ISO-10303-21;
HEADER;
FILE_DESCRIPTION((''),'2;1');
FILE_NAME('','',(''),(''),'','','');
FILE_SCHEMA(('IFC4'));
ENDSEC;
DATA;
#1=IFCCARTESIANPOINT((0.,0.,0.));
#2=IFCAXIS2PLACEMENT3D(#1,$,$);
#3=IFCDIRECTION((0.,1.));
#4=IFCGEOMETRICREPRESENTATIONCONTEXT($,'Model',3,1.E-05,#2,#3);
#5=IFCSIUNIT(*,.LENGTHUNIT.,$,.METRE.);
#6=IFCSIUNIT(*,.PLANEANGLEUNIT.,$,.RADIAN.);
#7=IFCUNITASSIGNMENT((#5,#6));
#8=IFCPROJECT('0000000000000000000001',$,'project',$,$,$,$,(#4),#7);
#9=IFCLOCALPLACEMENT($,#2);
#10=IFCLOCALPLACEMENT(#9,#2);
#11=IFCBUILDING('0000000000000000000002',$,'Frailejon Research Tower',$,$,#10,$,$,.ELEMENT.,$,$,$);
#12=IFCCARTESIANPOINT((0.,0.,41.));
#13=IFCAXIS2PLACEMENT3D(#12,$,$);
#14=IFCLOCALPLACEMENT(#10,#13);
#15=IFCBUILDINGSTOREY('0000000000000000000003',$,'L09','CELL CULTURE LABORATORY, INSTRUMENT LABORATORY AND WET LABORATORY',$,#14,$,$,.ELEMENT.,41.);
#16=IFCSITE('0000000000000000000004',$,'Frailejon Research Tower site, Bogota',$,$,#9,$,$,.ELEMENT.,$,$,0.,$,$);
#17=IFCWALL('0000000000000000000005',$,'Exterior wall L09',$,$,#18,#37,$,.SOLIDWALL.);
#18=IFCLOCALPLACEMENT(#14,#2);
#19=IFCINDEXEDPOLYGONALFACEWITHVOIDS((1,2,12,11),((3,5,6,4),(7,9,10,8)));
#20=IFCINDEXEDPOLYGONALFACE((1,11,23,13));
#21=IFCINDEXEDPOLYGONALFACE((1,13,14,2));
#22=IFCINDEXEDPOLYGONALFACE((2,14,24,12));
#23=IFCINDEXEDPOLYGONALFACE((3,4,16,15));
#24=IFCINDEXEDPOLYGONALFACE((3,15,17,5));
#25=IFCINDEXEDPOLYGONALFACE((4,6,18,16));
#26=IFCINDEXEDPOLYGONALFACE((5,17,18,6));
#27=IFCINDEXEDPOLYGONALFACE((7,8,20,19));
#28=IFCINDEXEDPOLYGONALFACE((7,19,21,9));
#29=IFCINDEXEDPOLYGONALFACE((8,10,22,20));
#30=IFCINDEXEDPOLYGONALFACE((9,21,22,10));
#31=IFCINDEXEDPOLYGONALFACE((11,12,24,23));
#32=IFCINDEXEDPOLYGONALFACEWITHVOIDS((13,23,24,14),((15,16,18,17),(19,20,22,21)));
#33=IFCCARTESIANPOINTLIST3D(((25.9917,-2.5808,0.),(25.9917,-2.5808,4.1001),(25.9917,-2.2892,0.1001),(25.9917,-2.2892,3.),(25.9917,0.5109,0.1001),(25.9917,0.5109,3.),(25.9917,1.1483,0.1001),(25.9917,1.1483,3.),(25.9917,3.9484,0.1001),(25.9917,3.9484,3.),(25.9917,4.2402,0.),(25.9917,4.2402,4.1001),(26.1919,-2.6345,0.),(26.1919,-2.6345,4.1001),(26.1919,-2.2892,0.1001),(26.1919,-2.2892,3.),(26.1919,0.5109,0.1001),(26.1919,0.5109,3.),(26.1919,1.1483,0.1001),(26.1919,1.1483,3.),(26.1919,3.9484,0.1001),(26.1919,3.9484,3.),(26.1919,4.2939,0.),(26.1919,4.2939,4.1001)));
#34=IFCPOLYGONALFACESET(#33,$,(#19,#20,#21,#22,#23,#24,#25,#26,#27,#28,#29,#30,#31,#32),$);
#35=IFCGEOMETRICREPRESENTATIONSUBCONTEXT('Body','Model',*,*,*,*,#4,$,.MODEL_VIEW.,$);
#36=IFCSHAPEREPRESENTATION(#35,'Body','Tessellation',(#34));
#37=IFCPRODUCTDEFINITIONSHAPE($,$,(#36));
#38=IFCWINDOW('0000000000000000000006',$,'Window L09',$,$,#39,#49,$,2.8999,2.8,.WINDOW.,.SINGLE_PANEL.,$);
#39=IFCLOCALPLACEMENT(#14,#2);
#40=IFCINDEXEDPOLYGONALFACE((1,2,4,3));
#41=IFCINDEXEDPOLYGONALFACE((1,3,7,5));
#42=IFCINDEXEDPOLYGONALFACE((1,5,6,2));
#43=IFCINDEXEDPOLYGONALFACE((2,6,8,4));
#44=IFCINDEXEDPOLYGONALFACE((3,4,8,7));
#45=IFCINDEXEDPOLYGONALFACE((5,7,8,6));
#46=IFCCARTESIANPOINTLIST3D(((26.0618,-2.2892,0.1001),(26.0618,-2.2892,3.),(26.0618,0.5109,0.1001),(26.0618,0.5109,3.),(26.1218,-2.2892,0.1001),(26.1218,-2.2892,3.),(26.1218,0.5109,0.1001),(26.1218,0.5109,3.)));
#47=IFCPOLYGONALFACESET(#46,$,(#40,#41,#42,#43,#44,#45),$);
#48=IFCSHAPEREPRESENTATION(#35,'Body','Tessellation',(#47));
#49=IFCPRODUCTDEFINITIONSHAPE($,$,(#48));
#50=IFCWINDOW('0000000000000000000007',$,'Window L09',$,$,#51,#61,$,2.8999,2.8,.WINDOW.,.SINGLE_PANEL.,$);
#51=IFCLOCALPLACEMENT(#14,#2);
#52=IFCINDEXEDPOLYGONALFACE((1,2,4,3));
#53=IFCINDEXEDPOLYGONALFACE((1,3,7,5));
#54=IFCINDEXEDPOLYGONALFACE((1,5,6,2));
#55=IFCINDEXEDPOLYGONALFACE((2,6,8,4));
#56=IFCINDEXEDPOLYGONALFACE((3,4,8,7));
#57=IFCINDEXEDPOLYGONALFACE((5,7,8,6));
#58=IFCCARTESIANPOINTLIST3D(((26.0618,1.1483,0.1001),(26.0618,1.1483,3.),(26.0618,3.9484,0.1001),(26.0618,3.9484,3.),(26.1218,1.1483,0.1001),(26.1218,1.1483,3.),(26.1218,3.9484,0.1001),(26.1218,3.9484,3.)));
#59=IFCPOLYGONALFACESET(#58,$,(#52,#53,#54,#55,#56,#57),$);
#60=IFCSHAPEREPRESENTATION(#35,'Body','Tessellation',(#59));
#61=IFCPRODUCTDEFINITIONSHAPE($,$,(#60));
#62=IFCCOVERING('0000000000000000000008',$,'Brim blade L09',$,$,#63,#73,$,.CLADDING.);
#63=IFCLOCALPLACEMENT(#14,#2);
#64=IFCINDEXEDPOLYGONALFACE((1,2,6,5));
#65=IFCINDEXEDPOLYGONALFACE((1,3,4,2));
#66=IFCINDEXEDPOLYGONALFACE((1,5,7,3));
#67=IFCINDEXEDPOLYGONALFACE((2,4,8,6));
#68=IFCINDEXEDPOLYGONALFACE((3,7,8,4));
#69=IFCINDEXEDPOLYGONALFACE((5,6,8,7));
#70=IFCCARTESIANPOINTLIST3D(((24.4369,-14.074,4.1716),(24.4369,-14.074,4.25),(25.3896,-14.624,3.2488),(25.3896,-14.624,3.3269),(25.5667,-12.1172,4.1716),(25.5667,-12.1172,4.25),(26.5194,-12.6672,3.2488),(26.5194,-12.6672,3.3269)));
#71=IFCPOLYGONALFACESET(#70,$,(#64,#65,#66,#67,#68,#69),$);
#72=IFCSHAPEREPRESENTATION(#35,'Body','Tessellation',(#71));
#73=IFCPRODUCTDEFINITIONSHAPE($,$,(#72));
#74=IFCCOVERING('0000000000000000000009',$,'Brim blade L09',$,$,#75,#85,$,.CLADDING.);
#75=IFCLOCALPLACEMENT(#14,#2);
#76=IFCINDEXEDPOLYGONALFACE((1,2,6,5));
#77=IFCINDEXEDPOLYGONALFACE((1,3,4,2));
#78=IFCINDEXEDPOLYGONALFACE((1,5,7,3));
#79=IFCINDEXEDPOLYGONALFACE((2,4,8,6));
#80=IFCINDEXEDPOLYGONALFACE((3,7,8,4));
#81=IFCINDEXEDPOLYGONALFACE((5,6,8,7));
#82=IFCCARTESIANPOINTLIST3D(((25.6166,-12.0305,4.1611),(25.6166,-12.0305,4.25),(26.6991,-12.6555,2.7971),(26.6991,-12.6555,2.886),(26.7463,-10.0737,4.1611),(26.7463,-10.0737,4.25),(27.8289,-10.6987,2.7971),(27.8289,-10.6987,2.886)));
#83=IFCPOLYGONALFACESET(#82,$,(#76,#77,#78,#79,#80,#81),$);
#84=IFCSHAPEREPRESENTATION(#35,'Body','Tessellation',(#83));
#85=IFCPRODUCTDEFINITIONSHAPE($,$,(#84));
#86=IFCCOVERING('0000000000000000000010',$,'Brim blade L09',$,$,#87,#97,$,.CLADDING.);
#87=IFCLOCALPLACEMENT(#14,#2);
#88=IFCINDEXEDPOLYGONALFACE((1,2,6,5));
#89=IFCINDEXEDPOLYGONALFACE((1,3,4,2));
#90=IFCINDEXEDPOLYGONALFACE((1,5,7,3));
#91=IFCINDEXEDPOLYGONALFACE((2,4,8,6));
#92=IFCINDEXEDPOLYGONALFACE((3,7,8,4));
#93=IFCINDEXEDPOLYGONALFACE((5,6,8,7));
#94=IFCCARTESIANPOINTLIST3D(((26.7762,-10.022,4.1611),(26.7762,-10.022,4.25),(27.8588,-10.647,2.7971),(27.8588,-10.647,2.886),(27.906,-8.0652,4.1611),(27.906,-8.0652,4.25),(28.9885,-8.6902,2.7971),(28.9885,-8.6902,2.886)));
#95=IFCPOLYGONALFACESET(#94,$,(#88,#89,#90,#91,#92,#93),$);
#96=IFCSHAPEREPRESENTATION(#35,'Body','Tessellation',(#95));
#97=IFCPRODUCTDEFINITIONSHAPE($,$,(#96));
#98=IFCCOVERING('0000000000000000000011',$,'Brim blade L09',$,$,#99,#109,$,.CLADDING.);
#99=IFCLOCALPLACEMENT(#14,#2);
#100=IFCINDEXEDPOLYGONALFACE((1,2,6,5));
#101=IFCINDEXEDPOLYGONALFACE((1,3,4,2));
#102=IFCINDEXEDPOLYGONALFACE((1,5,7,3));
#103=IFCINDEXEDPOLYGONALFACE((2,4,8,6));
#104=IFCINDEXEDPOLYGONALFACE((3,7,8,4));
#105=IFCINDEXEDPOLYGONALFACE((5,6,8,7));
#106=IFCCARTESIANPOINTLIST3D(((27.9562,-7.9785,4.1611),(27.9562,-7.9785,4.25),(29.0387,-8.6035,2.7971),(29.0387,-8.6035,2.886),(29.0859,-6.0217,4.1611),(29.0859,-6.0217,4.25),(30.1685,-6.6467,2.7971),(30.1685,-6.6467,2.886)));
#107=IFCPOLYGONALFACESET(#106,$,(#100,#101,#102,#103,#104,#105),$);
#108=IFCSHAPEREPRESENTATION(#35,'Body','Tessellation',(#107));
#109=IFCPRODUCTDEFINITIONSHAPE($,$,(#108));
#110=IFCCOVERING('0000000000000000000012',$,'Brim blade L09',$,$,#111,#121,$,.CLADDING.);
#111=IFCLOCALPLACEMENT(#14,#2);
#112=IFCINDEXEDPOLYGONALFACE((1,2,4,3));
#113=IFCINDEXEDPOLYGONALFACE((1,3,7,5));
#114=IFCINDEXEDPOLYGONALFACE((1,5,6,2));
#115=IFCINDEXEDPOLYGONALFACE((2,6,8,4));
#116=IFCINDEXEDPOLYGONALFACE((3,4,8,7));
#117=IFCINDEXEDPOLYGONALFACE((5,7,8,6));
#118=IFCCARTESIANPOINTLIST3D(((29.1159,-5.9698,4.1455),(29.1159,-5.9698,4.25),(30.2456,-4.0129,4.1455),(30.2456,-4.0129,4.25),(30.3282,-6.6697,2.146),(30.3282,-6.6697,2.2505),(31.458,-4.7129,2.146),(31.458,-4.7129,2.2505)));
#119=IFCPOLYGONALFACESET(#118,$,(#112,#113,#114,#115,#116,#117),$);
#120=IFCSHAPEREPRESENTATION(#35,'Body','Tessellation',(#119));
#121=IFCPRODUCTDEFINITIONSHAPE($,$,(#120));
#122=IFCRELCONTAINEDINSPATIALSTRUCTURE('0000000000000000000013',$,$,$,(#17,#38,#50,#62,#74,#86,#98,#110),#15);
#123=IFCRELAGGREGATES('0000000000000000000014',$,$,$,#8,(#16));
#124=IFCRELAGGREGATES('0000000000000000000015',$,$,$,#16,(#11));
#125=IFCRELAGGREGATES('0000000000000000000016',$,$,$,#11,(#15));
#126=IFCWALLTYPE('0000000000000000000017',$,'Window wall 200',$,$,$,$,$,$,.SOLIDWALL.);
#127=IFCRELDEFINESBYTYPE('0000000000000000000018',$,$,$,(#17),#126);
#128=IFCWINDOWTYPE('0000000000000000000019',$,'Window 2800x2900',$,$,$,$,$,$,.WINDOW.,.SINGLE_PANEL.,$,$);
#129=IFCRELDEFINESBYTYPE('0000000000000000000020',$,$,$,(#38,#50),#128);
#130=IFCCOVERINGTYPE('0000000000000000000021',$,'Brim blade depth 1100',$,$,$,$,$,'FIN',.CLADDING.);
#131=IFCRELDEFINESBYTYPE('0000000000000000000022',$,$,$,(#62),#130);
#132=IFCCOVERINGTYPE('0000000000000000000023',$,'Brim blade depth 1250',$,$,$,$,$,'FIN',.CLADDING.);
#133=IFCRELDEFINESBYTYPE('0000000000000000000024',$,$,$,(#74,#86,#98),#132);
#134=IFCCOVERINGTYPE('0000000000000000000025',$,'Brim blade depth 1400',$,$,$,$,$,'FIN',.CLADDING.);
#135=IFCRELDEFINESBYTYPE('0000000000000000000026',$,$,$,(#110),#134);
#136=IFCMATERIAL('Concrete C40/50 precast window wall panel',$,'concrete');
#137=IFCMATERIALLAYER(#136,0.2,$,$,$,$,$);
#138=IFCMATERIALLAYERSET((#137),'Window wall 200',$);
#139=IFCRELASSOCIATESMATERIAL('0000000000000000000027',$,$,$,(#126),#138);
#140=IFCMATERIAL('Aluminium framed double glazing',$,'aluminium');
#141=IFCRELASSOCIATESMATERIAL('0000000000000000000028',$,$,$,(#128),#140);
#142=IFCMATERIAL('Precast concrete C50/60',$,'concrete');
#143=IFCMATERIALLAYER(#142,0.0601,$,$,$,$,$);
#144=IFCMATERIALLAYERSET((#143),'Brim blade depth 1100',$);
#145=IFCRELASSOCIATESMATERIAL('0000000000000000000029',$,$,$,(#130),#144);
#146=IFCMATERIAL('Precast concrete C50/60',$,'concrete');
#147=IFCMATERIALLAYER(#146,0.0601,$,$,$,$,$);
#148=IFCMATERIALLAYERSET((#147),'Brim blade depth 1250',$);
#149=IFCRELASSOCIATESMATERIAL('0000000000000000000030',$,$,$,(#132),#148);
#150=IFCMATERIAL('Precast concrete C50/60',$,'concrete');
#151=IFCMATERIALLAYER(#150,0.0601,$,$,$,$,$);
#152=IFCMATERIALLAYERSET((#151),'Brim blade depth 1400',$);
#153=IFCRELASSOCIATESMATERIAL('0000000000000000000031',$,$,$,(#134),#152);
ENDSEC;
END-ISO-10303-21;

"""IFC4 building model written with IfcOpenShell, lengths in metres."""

from ifc_helpers import new_model, si_unit, direction, frame, frame_2d, origin, place, context, subcontext, project, spatial, polyline, rectangle, outline, extrude, material, layer, layer_set, type_object, element, fill, save


model = new_model("IFC4")

# Units and contexts
model_context = context("Model", 3, precision=1e-05, world=origin(), true_north=direction((0.0, 1.0)))
body_context = subcontext(model_context, "Body", "Model", "MODEL_VIEW")
ifc_project = project(units=[si_unit("LENGTHUNIT", "METRE"), si_unit("PLANEANGLEUNIT", "RADIAN")], contexts=[model_context])

# Site, building, storey
site_placement = place(None, origin())
site = spatial("IfcSite", under=ifc_project, at=site_placement, Name="Frailejon Research Tower site, Bogota", CompositionType="ELEMENT", RefElevation=0.0)
building_placement = place(site_placement, origin())
building = spatial("IfcBuilding", under=site, at=building_placement, Name="Frailejon Research Tower", CompositionType="ELEMENT")
storey_placement = place(building_placement, frame((0.0, 0.0, 41.0)))
storey = spatial("IfcBuildingStorey", under=building, at=storey_placement, Name="L09", Description="CELL CULTURE LABORATORY, INSTRUMENT LABORATORY AND WET LABORATORY", CompositionType="ELEMENT", Elevation=41.0)

# Wall, openings, windows
ifc_material_1 = material(Name="Concrete C40/50 precast window wall panel", Category="concrete")
ifc_layer_1 = layer(ifc_material_1, 0.2)
ifc_layer_set_1 = layer_set([ifc_layer_1], Name="Window wall 200")
wall_type_1 = type_object("IfcWallType", Name="Window wall 200", PredefinedType="SOLIDWALL", material=ifc_layer_set_1)
wall_1_placement = place(storey_placement, frame((26.0918, -2.6077, 0.0), z_axis=(0.0, 0.0, 1.0), x_axis=(0.0, 1.0, 0.0)))
wall_1 = element("IfcWall", 1, at=wall_1_placement, inside=storey, type_object=wall_type_1, Name="Exterior wall L09", PredefinedType="SOLIDWALL", context=body_context, shape_type="SweptSolid", body=[
    extrude(outline(polyline([(-0.0269, -0.1001), (1.1279, -0.1001), (2.2827, -0.1001), (3.4375, -0.1001), (4.592, -0.1001), (5.7468, -0.1001), (6.9016, -0.1001), (6.8479, 0.1001), (5.7109, 0.1001), (4.5742, 0.1001), (3.4375, 0.1001), (2.3005, 0.1001), (1.1636, 0.1001), (0.0269, 0.1001), (-0.0269, -0.1001)])), origin(), (0.0, 0.0, 1.0), 4.1001),
])
opening_1_placement = place(wall_1_placement, frame((0.3186, 0.0, 0.1001)))
opening_1 = element("IfcOpeningElement", 2, at=opening_1_placement, cuts=wall_1, PredefinedType="OPENING", context=body_context, shape_type="SweptSolid", body=[
    extrude(rectangle(XDim=2.8, YDim=2.8999, at=frame_2d((1.3999, 1.45))), frame((0.0, 0.1099, 0.0), z_axis=(0.0, -1.0, 0.0), x_axis=(1.0, 0.0, 0.0)), (0.0, 0.0, 1.0), 0.22),
])
opening_2_placement = place(wall_1_placement, frame((3.7561, 0.0, 0.1001)))
opening_2 = element("IfcOpeningElement", 3, at=opening_2_placement, cuts=wall_1, PredefinedType="OPENING", context=body_context, shape_type="SweptSolid", body=[
    extrude(rectangle(XDim=2.8, YDim=2.8999, at=frame_2d((1.3999, 1.45))), frame((0.0, 0.1099, 0.0), z_axis=(0.0, -1.0, 0.0), x_axis=(1.0, 0.0, 0.0)), (0.0, 0.0, 1.0), 0.22),
])
ifc_material_2 = material(Name="Aluminium framed double glazing", Category="aluminium")
window_type = type_object("IfcWindowType", Name="Window 2800x2900", PartitioningType="SINGLE_PANEL", PredefinedType="WINDOW", material=ifc_material_2)
window_1_placement = place(opening_1_placement, origin())
window_1 = element("IfcWindow", 4, at=window_1_placement, inside=storey, type_object=window_type, Name="Window L09", OverallHeight=2.8999, OverallWidth=2.8, PartitioningType="SINGLE_PANEL", PredefinedType="WINDOW", context=body_context, shape_type="SweptSolid", body=[
    extrude(rectangle(XDim=2.8, YDim=2.8999, at=frame_2d((1.3999, 1.45))), frame((0.0, 0.03, 0.0), z_axis=(0.0, -1.0, 0.0), x_axis=(1.0, 0.0, 0.0)), (0.0, 0.0, 1.0), 0.0601),
])
fill(opening_1, window_1)
window_2_placement = place(opening_2_placement, origin())
window_2 = element("IfcWindow", 5, at=window_2_placement, inside=storey, type_object=window_type, Name="Window L09", OverallHeight=2.8999, OverallWidth=2.8, PartitioningType="SINGLE_PANEL", PredefinedType="WINDOW", context=body_context, shape_type="SweptSolid", body=[
    extrude(rectangle(XDim=2.8, YDim=2.8999, at=frame_2d((1.3999, 1.45))), frame((0.0, 0.03, 0.0), z_axis=(0.0, -1.0, 0.0), x_axis=(1.0, 0.0, 0.0)), (0.0, 0.0, 1.0), 0.0601),
])
fill(opening_2, window_2)

# Coverings
ifc_material_3 = material(Name="Precast concrete C50/60", Category="concrete")
ifc_layer_2 = layer(ifc_material_3, 0.0601)
ifc_layer_set_2 = layer_set([ifc_layer_2], Name="Brim blade depth 1100")
covering_type_1 = type_object("IfcCoveringType", Name="Brim blade depth 1100", ElementType="FIN", PredefinedType="CLADDING", material=ifc_layer_set_2)
covering_1_placement = place(storey_placement, frame((25.5667, -12.1172, 4.25), z_axis=(-0.499994, -0.866029, 0.0), x_axis=(0.866029, -0.499994, 0.0)))
element("IfcCovering", 6, at=covering_1_placement, inside=storey, type_object=covering_type_1, Name="Brim blade L09", PredefinedType="CLADDING", context=body_context, shape_type="SweptSolid", body=[
    extrude(outline(polyline([(0.0, -0.0784), (1.1001, -1.0012), (1.1001, -0.9231), (0.0, 0.0), (0.0, -0.0784)])), origin(), (0.0, 0.0, 1.0), 2.2595),
])
ifc_material_4 = material(Name="Precast concrete C50/60", Category="concrete")
ifc_layer_3 = layer(ifc_material_4, 0.0601)
ifc_layer_set_3 = layer_set([ifc_layer_3], Name="Brim blade depth 1250")
covering_type_2 = type_object("IfcCoveringType", Name="Brim blade depth 1250", ElementType="FIN", PredefinedType="CLADDING", material=ifc_layer_set_3)
for number, where, z_axis, x_axis, name in (
    (7, (26.7463, -10.0737, 4.25), (-0.500003, -0.866024, 0.0), (0.866024, -0.500003, 0.0), "Brim blade L09"),
    (8, (27.906, -8.0652, 4.25), (-0.500003, -0.866024, 0.0), (0.866024, -0.500003, 0.0), "Brim blade L09"),
    (9, (29.0859, -6.0217, 4.25), (-0.499994, -0.866029, 0.0), (0.866029, -0.499994, 0.0), "Brim blade L09"),
):
    element("IfcCovering", number, at=place(storey_placement, frame(where, z_axis=z_axis, x_axis=x_axis)), inside=storey, type_object=covering_type_2, Name=name, PredefinedType="CLADDING", context=body_context, shape_type="SweptSolid", body=[
        extrude(outline(polyline([(0.0, -0.0889), (1.25, -1.4529), (1.25, -1.364), (0.0, 0.0), (0.0, -0.0889)])), origin(), (0.0, 0.0, 1.0), 2.2595),
    ])
ifc_material_5 = material(Name="Precast concrete C50/60", Category="concrete")
ifc_layer_4 = layer(ifc_material_5, 0.0601)
ifc_layer_set_4 = layer_set([ifc_layer_4], Name="Brim blade depth 1400")
covering_type_3 = type_object("IfcCoveringType", Name="Brim blade depth 1400", ElementType="FIN", PredefinedType="CLADDING", material=ifc_layer_set_4)
covering_2_placement = place(storey_placement, frame((30.2456, -4.0129, 4.25), z_axis=(-0.499994, -0.866029, 0.0), x_axis=(0.866029, -0.499994, 0.0)))
element("IfcCovering", 10, at=covering_2_placement, inside=storey, type_object=covering_type_3, Name="Brim blade L09", PredefinedType="CLADDING", context=body_context, shape_type="SweptSolid", body=[
    extrude(outline(polyline([(0.0, -0.1045), (1.3999, -2.104), (1.3999, -1.9995), (0.0, 0.0), (0.0, -0.1045)])), origin(), (0.0, 0.0, 1.0), 2.2595),
])

save(model, "model.ifc")
